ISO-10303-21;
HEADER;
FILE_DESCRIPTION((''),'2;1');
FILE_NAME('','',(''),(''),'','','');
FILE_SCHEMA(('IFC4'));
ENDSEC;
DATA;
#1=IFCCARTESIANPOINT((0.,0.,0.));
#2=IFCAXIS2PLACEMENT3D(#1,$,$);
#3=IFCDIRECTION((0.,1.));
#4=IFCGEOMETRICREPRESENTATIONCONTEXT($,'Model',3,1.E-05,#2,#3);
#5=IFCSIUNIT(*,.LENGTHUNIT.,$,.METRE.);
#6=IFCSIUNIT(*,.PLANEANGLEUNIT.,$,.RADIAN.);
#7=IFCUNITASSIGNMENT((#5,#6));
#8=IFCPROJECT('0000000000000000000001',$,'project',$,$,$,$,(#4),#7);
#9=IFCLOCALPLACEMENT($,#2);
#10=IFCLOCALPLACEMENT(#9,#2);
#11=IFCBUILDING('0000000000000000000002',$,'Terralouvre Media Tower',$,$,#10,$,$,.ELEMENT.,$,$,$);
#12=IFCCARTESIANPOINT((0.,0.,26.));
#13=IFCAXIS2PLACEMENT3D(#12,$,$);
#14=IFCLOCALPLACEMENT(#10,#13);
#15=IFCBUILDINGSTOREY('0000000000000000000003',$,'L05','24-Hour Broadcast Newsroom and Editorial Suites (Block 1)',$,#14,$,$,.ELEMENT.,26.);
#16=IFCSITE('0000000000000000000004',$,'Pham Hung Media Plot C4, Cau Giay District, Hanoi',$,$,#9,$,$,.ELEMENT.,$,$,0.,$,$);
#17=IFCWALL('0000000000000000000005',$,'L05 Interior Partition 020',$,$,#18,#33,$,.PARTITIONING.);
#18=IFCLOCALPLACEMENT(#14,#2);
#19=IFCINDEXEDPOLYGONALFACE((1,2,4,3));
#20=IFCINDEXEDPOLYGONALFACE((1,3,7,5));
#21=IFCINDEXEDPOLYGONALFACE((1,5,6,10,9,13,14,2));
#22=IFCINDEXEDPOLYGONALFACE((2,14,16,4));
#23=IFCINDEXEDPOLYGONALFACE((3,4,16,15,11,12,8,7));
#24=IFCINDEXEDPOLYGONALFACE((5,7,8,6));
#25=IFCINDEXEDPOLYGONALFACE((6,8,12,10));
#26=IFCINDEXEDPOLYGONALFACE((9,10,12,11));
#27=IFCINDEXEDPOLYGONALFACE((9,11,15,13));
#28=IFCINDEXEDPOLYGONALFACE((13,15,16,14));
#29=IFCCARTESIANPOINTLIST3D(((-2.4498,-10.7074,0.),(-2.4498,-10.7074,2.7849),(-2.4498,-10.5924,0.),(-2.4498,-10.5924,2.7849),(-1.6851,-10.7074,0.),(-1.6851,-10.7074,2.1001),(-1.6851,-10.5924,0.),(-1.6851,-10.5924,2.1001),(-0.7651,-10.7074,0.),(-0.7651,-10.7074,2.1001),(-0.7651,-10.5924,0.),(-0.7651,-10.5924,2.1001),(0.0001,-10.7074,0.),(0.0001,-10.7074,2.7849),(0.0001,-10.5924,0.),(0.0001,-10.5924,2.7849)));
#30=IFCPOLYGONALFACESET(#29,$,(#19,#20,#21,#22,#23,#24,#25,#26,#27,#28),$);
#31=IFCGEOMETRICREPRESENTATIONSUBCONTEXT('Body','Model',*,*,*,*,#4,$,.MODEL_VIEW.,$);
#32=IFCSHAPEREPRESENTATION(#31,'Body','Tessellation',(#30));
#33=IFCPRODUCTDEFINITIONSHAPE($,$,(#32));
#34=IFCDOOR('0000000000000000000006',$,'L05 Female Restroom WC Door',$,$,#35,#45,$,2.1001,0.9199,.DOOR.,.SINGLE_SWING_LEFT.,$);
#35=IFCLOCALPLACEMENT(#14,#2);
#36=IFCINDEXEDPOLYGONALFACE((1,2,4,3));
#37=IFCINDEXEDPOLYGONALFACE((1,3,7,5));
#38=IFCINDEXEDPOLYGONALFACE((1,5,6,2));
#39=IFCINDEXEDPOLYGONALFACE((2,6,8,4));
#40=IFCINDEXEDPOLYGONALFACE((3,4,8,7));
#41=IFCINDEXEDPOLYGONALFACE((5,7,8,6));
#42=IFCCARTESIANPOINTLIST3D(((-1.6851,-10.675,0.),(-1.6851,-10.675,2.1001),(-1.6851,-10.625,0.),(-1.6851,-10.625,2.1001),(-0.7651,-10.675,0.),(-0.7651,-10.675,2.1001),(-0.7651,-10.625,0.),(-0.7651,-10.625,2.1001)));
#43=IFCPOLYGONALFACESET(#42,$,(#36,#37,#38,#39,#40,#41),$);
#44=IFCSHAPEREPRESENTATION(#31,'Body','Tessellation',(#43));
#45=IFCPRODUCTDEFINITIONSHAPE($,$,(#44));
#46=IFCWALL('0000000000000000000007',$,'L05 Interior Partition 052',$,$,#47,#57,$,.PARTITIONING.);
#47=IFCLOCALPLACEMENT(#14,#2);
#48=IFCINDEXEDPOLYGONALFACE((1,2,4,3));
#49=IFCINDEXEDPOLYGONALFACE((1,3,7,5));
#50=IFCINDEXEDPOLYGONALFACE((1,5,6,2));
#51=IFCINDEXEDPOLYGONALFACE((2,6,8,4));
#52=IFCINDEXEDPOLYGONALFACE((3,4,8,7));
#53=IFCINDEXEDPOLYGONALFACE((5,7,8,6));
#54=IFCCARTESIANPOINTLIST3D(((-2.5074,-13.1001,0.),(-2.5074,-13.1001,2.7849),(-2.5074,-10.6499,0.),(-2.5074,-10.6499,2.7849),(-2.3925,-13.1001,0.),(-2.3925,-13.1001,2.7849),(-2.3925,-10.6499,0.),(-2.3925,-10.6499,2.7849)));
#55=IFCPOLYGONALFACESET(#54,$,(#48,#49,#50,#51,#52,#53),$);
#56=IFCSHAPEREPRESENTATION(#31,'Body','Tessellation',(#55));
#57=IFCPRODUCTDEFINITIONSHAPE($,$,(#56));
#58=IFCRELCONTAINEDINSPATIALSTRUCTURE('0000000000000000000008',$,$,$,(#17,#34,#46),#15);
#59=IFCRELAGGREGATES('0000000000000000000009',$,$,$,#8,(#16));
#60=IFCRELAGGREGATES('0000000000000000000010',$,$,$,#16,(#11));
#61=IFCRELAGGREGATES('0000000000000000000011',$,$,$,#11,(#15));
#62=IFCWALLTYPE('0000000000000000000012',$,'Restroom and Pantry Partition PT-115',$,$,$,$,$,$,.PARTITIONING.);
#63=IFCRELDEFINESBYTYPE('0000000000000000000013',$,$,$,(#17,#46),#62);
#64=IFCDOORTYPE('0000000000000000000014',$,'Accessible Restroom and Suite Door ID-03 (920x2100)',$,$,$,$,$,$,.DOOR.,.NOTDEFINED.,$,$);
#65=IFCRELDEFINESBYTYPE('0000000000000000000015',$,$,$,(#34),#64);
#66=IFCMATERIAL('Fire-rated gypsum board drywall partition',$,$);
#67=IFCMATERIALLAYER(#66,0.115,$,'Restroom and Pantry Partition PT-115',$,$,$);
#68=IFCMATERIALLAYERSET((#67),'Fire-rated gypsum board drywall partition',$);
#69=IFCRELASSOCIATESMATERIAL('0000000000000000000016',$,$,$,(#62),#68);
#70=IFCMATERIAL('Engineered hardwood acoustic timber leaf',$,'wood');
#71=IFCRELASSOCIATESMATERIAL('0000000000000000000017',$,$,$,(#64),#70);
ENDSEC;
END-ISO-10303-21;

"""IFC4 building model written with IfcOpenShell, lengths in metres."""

from ifc_helpers import new_model, si_unit, direction, frame, frame_2d, origin, place, context, subcontext, project, spatial, rectangle, extrude, material, layer, layer_set, type_object, element, fill, save


model = new_model("IFC4")

# Units and contexts
model_context = context("Model", 3, precision=1e-05, world=origin(), true_north=direction((0.0, 1.0)))
body_context = subcontext(model_context, "Body", "Model", "MODEL_VIEW")
ifc_project = project(units=[si_unit("LENGTHUNIT", "METRE"), si_unit("PLANEANGLEUNIT", "RADIAN")], contexts=[model_context])

# Site, building, storey
site_placement = place(None, origin())
site = spatial("IfcSite", under=ifc_project, at=site_placement, Name="Pham Hung Media Plot C4, Cau Giay District, Hanoi", CompositionType="ELEMENT", RefElevation=0.0)
building_placement = place(site_placement, origin())
building = spatial("IfcBuilding", under=site, at=building_placement, Name="Terralouvre Media Tower", CompositionType="ELEMENT")
storey_placement = place(building_placement, frame((0.0, 0.0, 26.0)))
storey = spatial("IfcBuildingStorey", under=building, at=storey_placement, Name="L05", Description="24-Hour Broadcast Newsroom and Editorial Suites (Block 1)", CompositionType="ELEMENT", Elevation=26.0)

# Wall, opening, door
ifc_material_1 = material(Name="Fire-rated gypsum board drywall partition")
ifc_layer_1 = layer(ifc_material_1, 0.115, Name="Restroom and Pantry Partition PT-115")
ifc_layer_set_1 = layer_set([ifc_layer_1], Name="Fire-rated gypsum board drywall partition")
wall_type_1 = type_object("IfcWallType", Name="Restroom and Pantry Partition PT-115", PredefinedType="PARTITIONING", material=ifc_layer_set_1)
ifc_material_2 = material(Name="Engineered hardwood acoustic timber leaf", Category="wood")
door_type = type_object("IfcDoorType", Name="Accessible Restroom and Suite Door ID-03 (920x2100)", OperationType="NOTDEFINED", PredefinedType="DOOR", material=ifc_material_2)
wall_1_placement = place(storey_placement, frame((-2.45, -10.6499, 0.0), z_axis=(0.0, 0.0, 1.0), x_axis=(1.0, 0.0, 0.0)))
wall_1 = element("IfcWall", 1, at=wall_1_placement, inside=storey, type_object=wall_type_1, Name="L05 Interior Partition 020", PredefinedType="PARTITIONING", context=body_context, shape_type="SweptSolid", body=[
    extrude(rectangle(XDim=2.45, YDim=0.115, at=frame_2d((1.2251, 0.0))), origin(), (0.0, 0.0, 1.0), 2.7849),
])
opening_1_placement = place(wall_1_placement, frame((0.7649, 0.0, 0.0)))
opening_1 = element("IfcOpeningElement", 2, at=opening_1_placement, cuts=wall_1, PredefinedType="OPENING", context=body_context, shape_type="SweptSolid", body=[
    extrude(rectangle(XDim=0.9199, YDim=2.1001, at=frame_2d((0.46, 1.05))), frame((0.0, 0.0674, 0.0), z_axis=(0.0, -1.0, 0.0), x_axis=(1.0, 0.0, 0.0)), (0.0, 0.0, 1.0), 0.135),
])
door_1_placement = place(opening_1_placement, origin())
door_1 = element("IfcDoor", 3, at=door_1_placement, inside=storey, type_object=door_type, Name="L05 Female Restroom WC Door", OperationType="SINGLE_SWING_LEFT", OverallHeight=2.1001, OverallWidth=0.9199, PredefinedType="DOOR", context=body_context, shape_type="SweptSolid", body=[
    extrude(rectangle(XDim=0.9199, YDim=2.1001, at=frame_2d((0.46, 1.05))), frame((0.0, 0.0249, 0.0), z_axis=(0.0, -1.0, 0.0), x_axis=(1.0, 0.0, 0.0)), (0.0, 0.0, 1.0), 0.05),
])
fill(opening_1, door_1)

# Wall
wall_2_placement = place(storey_placement, frame((-2.45, -13.1001, 0.0), z_axis=(0.0, 0.0, 1.0), x_axis=(0.0, 1.0, 0.0)))
element("IfcWall", 4, at=wall_2_placement, inside=storey, type_object=wall_type_1, Name="L05 Interior Partition 052", PredefinedType="PARTITIONING", context=body_context, shape_type="SweptSolid", body=[
    extrude(rectangle(XDim=2.4502, YDim=0.115, at=frame_2d((1.2251, 0.0))), origin(), (0.0, 0.0, 1.0), 2.7849),
])

save(model, "model.ifc")
